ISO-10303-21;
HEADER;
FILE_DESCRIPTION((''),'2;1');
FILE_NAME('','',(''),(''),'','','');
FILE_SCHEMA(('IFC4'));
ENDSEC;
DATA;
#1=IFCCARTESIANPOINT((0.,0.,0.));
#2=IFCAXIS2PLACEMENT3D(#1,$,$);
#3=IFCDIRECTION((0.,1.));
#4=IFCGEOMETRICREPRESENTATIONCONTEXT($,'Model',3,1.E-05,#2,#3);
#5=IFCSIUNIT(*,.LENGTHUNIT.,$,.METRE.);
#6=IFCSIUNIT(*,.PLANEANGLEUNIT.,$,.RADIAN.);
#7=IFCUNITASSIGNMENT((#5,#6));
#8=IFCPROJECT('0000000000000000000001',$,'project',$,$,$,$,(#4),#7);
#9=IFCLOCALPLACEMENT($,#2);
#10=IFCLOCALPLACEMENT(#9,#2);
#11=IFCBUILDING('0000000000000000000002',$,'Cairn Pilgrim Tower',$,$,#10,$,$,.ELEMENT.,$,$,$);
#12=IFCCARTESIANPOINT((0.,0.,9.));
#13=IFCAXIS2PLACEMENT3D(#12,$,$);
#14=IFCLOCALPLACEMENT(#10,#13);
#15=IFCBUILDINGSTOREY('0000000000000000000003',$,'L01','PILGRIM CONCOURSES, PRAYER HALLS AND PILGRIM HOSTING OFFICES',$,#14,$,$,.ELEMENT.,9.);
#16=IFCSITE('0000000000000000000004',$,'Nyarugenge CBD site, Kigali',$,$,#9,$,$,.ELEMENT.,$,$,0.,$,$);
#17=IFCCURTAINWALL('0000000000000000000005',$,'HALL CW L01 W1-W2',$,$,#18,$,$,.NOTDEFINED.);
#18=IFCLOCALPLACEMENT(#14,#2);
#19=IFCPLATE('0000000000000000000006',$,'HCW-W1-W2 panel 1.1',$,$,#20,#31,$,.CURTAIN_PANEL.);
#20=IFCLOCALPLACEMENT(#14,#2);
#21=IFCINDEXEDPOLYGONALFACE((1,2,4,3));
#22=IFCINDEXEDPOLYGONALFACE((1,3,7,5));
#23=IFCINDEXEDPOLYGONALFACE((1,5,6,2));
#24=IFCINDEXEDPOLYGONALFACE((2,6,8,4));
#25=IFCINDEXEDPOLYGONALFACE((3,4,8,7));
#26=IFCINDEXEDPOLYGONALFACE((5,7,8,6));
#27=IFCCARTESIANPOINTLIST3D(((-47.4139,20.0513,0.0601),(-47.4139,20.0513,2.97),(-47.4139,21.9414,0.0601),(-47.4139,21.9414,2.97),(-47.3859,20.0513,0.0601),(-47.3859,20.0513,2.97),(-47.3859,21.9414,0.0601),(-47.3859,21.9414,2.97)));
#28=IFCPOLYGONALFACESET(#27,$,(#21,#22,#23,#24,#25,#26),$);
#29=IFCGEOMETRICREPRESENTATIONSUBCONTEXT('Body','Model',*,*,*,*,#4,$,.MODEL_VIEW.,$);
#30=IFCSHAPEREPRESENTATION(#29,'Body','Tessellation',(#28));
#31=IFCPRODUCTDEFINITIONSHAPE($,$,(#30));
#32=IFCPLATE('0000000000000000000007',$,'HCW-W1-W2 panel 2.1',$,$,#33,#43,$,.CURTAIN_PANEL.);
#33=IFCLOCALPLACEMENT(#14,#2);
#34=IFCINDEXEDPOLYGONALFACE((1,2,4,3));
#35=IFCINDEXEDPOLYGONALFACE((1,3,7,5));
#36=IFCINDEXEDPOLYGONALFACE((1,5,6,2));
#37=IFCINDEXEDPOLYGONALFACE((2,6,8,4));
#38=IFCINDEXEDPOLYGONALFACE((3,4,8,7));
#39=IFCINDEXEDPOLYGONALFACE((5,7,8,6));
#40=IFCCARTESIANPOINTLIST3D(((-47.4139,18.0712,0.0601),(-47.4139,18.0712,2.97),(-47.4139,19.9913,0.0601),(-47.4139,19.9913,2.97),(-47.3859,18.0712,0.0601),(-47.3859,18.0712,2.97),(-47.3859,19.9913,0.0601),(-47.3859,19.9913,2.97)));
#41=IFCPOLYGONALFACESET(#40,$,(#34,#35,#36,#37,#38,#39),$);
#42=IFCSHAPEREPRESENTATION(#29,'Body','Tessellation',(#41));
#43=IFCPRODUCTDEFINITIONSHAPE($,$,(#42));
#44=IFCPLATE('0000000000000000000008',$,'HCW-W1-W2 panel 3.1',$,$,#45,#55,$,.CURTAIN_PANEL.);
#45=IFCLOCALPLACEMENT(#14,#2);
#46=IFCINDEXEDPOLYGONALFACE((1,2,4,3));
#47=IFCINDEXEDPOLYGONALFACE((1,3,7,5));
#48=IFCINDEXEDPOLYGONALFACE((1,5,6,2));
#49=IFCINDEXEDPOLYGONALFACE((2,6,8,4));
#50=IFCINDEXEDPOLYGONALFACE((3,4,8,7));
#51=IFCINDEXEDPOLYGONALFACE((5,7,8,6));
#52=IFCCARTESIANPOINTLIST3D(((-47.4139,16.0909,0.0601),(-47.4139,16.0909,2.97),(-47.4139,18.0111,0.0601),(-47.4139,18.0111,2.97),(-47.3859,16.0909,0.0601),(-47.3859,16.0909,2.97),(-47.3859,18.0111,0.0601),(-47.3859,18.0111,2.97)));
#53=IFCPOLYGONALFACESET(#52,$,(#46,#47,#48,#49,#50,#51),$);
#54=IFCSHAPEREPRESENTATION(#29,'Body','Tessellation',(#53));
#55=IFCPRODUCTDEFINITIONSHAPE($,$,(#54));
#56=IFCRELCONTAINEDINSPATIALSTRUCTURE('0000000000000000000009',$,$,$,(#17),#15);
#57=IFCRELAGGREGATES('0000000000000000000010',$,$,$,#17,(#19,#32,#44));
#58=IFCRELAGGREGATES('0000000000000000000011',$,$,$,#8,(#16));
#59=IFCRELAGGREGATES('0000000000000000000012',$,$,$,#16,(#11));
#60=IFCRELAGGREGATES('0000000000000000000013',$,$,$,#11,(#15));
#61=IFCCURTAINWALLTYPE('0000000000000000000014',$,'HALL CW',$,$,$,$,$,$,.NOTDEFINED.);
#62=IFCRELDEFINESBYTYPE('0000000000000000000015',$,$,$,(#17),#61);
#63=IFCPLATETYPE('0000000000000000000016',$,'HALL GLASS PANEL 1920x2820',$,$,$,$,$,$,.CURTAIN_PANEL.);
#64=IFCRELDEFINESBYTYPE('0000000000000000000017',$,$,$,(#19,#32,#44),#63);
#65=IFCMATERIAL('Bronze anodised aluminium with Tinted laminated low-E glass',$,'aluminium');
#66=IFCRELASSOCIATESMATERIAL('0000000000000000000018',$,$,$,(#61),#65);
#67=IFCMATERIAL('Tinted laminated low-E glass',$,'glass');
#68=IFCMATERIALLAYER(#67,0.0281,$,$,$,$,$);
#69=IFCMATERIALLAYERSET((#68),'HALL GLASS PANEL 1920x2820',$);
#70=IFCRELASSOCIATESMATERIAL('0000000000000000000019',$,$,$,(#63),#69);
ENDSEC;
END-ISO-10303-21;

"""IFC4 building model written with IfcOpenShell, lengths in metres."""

from ifc_helpers import new_model, si_unit, direction, frame, origin, origin_2d, place, context, subcontext, project, spatial, rectangle, extrude, material, layer, layer_set, type_object, element, aggregate, save


model = new_model("IFC4")

# Units and contexts
model_context = context("Model", 3, precision=1e-05, world=origin(), true_north=direction((0.0, 1.0)))
body_context = subcontext(model_context, "Body", "Model", "MODEL_VIEW")
ifc_project = project(units=[si_unit("LENGTHUNIT", "METRE"), si_unit("PLANEANGLEUNIT", "RADIAN")], contexts=[model_context])

# Site, building, storey
site_placement = place(None, origin())
site = spatial("IfcSite", under=ifc_project, at=site_placement, Name="Nyarugenge CBD site, Kigali", CompositionType="ELEMENT", RefElevation=0.0)
building_placement = place(site_placement, origin())
building = spatial("IfcBuilding", under=site, at=building_placement, Name="Cairn Pilgrim Tower", CompositionType="ELEMENT")
storey_placement = place(building_placement, frame((0.0, 0.0, 9.0)))
storey = spatial("IfcBuildingStorey", under=building, at=storey_placement, Name="L01", Description="PILGRIM CONCOURSES, PRAYER HALLS AND PILGRIM HOSTING OFFICES", CompositionType="ELEMENT", Elevation=9.0)

# Curtain wall
ifc_material_1 = material(Name="Bronze anodised aluminium with Tinted laminated low-E glass", Category="aluminium")
curtain_wall_type = type_object("IfcCurtainWallType", Name="HALL CW", PredefinedType="NOTDEFINED", material=ifc_material_1)
curtain_wall_placement = place(storey_placement, origin())
curtain_wall = element("IfcCurtainWall", 1, at=curtain_wall_placement, inside=storey, type_object=curtain_wall_type, Name="HALL CW L01 W1-W2", PredefinedType="NOTDEFINED")

# Plates
ifc_material_2 = material(Name="Tinted laminated low-E glass", Category="glass")
ifc_layer_1 = layer(ifc_material_2, 0.0281)
ifc_layer_set_1 = layer_set([ifc_layer_1], Name="HALL GLASS PANEL 1920x2820")
plate_type_1 = type_object("IfcPlateType", Name="HALL GLASS PANEL 1920x2820", PredefinedType="CURTAIN_PANEL", material=ifc_layer_set_1)
plate_1_placement = place(storey_placement, frame((-47.3999, 20.9963, 0.0601), z_axis=(0.0, 0.0, 1.0), x_axis=(0.0, -1.0, 0.0)))
plate_1 = element("IfcPlate", 2, at=plate_1_placement, type_object=plate_type_1, Name="HCW-W1-W2 panel 1.1", PredefinedType="CURTAIN_PANEL", context=body_context, shape_type="SweptSolid", body=[
    extrude(rectangle(XDim=1.8901, YDim=0.0281, at=origin_2d()), origin(), (0.0, 0.0, 1.0), 2.9099),
])
plate_2_placement = place(storey_placement, frame((-47.3999, 19.0312, 0.0601), z_axis=(0.0, 0.0, 1.0), x_axis=(0.0, -1.0, 0.0)))
plate_2 = element("IfcPlate", 3, at=plate_2_placement, type_object=plate_type_1, Name="HCW-W1-W2 panel 2.1", PredefinedType="CURTAIN_PANEL", context=body_context, shape_type="SweptSolid", body=[
    extrude(rectangle(XDim=1.9202, YDim=0.0281, at=origin_2d()), origin(), (0.0, 0.0, 1.0), 2.9099),
])
plate_3_placement = place(storey_placement, frame((-47.3999, 17.051, 0.0601), z_axis=(0.0, 0.0, 1.0), x_axis=(0.0, -1.0, 0.0)))
plate_3 = element("IfcPlate", 4, at=plate_3_placement, type_object=plate_type_1, Name="HCW-W1-W2 panel 3.1", PredefinedType="CURTAIN_PANEL", context=body_context, shape_type="SweptSolid", body=[
    extrude(rectangle(XDim=1.9202, YDim=0.0281, at=origin_2d()), origin(), (0.0, 0.0, 1.0), 2.9099),
])
aggregate(curtain_wall, [plate_1, plate_2, plate_3])

save(model, "model.ifc")
